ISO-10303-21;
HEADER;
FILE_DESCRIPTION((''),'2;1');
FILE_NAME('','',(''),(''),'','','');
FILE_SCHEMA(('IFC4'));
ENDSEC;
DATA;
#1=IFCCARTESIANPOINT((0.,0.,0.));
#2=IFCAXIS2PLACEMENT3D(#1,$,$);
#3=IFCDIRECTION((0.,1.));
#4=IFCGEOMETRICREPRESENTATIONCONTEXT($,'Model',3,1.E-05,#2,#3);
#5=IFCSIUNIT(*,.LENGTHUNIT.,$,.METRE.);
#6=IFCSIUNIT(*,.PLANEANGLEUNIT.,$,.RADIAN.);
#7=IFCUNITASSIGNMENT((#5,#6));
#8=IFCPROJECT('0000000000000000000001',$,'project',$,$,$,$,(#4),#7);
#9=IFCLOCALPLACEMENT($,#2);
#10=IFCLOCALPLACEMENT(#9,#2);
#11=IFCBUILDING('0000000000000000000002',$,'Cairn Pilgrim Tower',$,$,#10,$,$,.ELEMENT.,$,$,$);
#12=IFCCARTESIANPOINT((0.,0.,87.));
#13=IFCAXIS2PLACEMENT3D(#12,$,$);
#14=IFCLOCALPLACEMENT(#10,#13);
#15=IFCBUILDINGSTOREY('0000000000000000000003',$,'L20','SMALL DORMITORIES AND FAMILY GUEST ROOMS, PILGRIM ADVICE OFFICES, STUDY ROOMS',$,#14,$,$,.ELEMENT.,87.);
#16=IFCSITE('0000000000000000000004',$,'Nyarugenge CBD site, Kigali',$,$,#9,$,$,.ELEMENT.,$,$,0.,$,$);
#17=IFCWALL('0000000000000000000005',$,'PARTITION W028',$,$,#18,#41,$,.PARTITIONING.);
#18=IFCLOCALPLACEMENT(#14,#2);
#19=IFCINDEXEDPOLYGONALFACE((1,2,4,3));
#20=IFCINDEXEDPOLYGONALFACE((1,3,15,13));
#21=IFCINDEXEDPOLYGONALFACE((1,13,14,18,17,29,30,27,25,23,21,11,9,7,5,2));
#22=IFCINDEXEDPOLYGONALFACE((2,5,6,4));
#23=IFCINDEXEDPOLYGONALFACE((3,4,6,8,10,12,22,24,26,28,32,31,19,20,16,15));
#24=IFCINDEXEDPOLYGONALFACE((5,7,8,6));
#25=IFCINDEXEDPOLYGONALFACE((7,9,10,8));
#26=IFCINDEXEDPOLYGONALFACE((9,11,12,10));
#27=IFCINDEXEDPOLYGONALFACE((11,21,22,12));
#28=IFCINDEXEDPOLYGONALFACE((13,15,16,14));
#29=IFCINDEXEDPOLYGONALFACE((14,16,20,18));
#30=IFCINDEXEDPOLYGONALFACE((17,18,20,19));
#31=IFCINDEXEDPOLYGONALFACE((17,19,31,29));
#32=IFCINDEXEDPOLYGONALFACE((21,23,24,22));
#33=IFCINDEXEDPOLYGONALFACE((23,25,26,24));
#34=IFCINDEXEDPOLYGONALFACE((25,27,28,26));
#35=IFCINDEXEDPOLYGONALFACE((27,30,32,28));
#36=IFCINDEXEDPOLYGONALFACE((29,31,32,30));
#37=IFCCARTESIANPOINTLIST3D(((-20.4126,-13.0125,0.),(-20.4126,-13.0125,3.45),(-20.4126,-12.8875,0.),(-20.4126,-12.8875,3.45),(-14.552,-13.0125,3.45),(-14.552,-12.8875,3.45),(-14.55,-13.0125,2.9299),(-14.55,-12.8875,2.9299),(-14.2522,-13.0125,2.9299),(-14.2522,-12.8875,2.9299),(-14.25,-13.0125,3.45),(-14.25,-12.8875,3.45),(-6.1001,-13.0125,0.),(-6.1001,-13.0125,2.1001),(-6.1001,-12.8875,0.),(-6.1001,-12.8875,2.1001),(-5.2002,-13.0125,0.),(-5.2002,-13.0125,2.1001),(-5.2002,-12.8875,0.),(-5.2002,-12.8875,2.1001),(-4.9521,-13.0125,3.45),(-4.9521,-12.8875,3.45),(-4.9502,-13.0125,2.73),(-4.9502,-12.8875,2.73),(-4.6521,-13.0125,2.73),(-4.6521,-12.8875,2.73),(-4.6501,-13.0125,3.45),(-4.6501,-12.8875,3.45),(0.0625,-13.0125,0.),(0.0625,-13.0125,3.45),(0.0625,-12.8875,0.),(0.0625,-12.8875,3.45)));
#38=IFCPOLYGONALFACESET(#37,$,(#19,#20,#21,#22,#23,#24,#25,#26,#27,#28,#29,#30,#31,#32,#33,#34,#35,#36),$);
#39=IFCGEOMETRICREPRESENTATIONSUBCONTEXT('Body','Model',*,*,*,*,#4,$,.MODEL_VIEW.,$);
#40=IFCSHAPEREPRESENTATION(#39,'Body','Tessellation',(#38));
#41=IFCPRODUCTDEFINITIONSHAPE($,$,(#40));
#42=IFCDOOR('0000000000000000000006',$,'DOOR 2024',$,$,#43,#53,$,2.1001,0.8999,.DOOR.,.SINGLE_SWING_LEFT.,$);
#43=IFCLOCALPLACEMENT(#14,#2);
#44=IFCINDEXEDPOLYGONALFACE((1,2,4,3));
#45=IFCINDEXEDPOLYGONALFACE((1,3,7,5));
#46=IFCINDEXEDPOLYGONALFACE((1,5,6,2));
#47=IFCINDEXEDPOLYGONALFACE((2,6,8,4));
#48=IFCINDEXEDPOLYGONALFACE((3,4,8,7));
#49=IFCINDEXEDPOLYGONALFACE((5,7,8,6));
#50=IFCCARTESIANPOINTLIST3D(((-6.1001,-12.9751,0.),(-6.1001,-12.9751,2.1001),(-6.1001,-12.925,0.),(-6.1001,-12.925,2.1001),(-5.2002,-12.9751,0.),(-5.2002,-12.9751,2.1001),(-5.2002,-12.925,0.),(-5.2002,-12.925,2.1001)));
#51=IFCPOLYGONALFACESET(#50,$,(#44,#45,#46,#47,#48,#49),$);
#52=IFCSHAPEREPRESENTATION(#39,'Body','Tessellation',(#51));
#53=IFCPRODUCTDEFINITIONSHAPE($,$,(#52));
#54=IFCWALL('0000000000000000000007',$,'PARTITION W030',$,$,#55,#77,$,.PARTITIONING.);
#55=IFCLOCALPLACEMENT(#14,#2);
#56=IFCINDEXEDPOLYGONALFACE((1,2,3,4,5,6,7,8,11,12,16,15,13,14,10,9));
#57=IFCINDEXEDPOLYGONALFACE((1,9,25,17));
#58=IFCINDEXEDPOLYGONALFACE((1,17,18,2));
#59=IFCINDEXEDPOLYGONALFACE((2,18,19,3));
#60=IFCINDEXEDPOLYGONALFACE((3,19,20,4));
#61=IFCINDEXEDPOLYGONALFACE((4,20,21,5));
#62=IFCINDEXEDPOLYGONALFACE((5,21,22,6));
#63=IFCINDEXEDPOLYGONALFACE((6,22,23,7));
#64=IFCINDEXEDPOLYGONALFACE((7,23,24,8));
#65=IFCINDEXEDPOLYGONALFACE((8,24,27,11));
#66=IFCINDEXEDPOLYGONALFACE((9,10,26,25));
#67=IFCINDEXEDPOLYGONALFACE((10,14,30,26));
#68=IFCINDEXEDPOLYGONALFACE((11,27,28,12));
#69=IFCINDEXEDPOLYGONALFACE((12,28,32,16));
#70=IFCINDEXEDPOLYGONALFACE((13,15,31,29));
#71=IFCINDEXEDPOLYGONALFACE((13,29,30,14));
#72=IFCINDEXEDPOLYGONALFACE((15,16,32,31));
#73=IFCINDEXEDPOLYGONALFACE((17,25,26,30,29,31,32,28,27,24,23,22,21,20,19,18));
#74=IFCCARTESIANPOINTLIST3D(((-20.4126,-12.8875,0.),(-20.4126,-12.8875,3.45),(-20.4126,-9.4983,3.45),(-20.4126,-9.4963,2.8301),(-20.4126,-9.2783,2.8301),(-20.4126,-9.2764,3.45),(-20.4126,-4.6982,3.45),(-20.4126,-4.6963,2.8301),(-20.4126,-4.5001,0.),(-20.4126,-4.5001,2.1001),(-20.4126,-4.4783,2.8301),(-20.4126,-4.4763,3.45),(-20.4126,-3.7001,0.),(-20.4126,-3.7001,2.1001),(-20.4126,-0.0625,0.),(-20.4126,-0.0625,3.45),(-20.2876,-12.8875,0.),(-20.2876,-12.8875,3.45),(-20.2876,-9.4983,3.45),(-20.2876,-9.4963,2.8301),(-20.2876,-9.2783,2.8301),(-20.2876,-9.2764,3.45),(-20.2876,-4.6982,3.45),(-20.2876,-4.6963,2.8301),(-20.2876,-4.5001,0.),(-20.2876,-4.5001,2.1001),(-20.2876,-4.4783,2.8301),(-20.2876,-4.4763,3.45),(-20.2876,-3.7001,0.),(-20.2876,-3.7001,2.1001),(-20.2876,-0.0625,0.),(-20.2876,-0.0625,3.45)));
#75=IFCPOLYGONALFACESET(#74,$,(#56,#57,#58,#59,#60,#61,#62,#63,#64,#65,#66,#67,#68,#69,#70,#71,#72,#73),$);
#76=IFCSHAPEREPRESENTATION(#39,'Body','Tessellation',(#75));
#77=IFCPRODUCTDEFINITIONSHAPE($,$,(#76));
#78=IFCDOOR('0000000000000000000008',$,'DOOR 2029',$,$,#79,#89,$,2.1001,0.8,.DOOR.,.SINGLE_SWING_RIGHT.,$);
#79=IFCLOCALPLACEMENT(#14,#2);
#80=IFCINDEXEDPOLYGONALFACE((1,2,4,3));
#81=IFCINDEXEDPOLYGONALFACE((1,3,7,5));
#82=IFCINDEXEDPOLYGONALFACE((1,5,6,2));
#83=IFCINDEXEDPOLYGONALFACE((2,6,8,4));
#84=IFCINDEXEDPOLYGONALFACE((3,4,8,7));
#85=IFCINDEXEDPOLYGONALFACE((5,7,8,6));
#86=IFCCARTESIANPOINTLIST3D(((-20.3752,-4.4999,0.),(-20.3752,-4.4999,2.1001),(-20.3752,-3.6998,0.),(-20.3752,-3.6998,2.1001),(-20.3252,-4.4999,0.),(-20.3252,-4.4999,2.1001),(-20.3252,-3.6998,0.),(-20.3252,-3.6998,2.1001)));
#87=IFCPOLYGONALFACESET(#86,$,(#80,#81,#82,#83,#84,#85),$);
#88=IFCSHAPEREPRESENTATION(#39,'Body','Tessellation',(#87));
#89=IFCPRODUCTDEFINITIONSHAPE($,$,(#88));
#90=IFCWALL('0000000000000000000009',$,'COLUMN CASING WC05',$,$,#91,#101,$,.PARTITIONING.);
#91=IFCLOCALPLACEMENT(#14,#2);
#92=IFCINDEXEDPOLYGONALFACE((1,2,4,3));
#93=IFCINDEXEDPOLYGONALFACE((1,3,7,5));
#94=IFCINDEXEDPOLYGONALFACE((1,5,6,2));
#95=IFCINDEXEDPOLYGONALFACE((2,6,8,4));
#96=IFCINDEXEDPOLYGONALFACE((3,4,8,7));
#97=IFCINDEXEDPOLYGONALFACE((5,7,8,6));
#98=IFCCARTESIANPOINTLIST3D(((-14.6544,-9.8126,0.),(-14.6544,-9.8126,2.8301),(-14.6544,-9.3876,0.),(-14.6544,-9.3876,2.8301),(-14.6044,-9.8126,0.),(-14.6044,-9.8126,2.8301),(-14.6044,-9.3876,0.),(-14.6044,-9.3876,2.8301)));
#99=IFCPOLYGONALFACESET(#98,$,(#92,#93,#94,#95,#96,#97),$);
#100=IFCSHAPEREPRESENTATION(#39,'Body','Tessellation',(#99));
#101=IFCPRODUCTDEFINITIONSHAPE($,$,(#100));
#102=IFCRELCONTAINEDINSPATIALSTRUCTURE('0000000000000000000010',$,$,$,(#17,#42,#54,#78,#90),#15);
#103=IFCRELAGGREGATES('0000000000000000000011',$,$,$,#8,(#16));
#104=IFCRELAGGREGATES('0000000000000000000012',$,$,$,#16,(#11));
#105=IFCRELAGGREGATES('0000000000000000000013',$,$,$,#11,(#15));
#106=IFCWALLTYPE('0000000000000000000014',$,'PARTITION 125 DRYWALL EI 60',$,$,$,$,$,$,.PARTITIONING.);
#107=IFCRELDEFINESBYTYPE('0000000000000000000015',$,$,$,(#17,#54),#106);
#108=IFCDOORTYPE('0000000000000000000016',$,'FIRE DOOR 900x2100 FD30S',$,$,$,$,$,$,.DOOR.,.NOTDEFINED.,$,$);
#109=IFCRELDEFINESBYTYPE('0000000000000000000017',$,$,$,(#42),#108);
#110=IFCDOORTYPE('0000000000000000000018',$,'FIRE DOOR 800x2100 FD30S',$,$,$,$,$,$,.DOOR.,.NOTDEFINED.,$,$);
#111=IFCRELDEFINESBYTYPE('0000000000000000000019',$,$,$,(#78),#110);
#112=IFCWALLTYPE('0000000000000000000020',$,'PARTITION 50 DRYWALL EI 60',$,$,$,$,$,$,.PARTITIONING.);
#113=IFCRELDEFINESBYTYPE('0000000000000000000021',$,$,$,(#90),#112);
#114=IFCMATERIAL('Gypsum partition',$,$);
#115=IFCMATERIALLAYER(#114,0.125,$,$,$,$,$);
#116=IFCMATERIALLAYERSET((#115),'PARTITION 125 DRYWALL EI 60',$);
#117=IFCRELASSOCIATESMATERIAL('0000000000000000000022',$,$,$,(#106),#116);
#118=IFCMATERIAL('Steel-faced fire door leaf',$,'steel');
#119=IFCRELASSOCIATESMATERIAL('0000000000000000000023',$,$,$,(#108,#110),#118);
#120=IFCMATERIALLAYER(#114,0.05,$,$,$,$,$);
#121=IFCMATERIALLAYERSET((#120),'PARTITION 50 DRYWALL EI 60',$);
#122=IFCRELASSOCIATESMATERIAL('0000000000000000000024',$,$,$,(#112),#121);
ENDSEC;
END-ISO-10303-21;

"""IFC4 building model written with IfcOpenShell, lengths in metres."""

from ifc_helpers import new_model, si_unit, direction, frame, frame_2d, origin, place, context, subcontext, project, spatial, polyline, rectangle, outline, extrude, material, layer, layer_set, type_object, element, fill, save


model = new_model("IFC4")

# Units and contexts
model_context = context("Model", 3, precision=1e-05, world=origin(), true_north=direction((0.0, 1.0)))
body_context = subcontext(model_context, "Body", "Model", "MODEL_VIEW")
ifc_project = project(units=[si_unit("LENGTHUNIT", "METRE"), si_unit("PLANEANGLEUNIT", "RADIAN")], contexts=[model_context])

# Site, building, storey
site_placement = place(None, origin())
site = spatial("IfcSite", under=ifc_project, at=site_placement, Name="Nyarugenge CBD site, Kigali", CompositionType="ELEMENT", RefElevation=0.0)
building_placement = place(site_placement, origin())
building = spatial("IfcBuilding", under=site, at=building_placement, Name="Cairn Pilgrim Tower", CompositionType="ELEMENT")
storey_placement = place(building_placement, frame((0.0, 0.0, 87.0)))
storey = spatial("IfcBuildingStorey", under=building, at=storey_placement, Name="L20", Description="SMALL DORMITORIES AND FAMILY GUEST ROOMS, PILGRIM ADVICE OFFICES, STUDY ROOMS", CompositionType="ELEMENT", Elevation=87.0)

# Shared definitions
ifc_material_1 = material(Name="Gypsum partition")
ifc_layer_1 = layer(ifc_material_1, 0.125)
ifc_layer_set_1 = layer_set([ifc_layer_1], Name="PARTITION 125 DRYWALL EI 60")
wall_type_1 = type_object("IfcWallType", Name="PARTITION 125 DRYWALL EI 60", PredefinedType="PARTITIONING", material=ifc_layer_set_1)
ifc_material_2 = material(Name="Steel-faced fire door leaf", Category="steel")
door_type_1 = type_object("IfcDoorType", Name="FIRE DOOR 900x2100 FD30S", OperationType="NOTDEFINED", PredefinedType="DOOR", material=ifc_material_2)

# Walls, openings, doors
wall_1_placement = place(storey_placement, frame((-20.4126, -12.95, 0.0), z_axis=(0.0, 0.0, 1.0), x_axis=(1.0, 0.0, 0.0)))
wall_1 = element("IfcWall", 1, at=wall_1_placement, inside=storey, type_object=wall_type_1, Name="PARTITION W028", PredefinedType="PARTITIONING", context=body_context, shape_type="SweptSolid", body=[
    extrude(outline(polyline([(0.0, 0.0), (20.4751, 0.0), (20.4751, 3.45), (15.7625, 3.45), (15.7605, 2.73), (15.4624, 2.73), (15.4604, 3.45), (6.1626, 3.45), (6.1604, 2.9299), (5.8625, 2.9299), (5.8606, 3.45), (0.0, 3.45), (0.0, 0.0)])), frame((0.0, 0.0625, 0.0), z_axis=(0.0, -1.0, 0.0), x_axis=(1.0, 0.0, 0.0)), (0.0, 0.0, 1.0), 0.125),
])
opening_1_placement = place(wall_1_placement, frame((14.3125, 0.0, 0.0)))
opening_1 = element("IfcOpeningElement", 2, at=opening_1_placement, cuts=wall_1, PredefinedType="OPENING", context=body_context, shape_type="SweptSolid", body=[
    extrude(rectangle(XDim=0.8999, YDim=2.1001, at=frame_2d((0.45, 1.05))), frame((0.0, 0.0725, 0.0), z_axis=(0.0, -1.0, 0.0), x_axis=(1.0, 0.0, 0.0)), (0.0, 0.0, 1.0), 0.145),
])
door_1_placement = place(opening_1_placement, origin())
door_1 = element("IfcDoor", 3, at=door_1_placement, inside=storey, type_object=door_type_1, Name="DOOR 2024", OperationType="SINGLE_SWING_LEFT", OverallHeight=2.1001, OverallWidth=0.8999, PredefinedType="DOOR", context=body_context, shape_type="SweptSolid", body=[
    extrude(rectangle(XDim=0.8999, YDim=2.1001, at=frame_2d((0.45, 1.05))), frame((0.0, 0.0249, 0.0), z_axis=(0.0, -1.0, 0.0), x_axis=(1.0, 0.0, 0.0)), (0.0, 0.0, 1.0), 0.05),
])
fill(opening_1, door_1)
wall_2_placement = place(storey_placement, frame((-20.3501, -12.8875, 0.0), z_axis=(0.0, 0.0, 1.0), x_axis=(0.0, 1.0, 0.0)))
wall_2 = element("IfcWall", 4, at=wall_2_placement, inside=storey, type_object=wall_type_1, Name="PARTITION W030", PredefinedType="PARTITIONING", context=body_context, shape_type="SweptSolid", body=[
    extrude(outline(polyline([(0.0, 0.0), (12.825, 0.0), (12.825, 3.45), (8.4111, 3.45), (8.4092, 2.8301), (8.1912, 2.8301), (8.1892, 3.45), (3.6111, 3.45), (3.6091, 2.8301), (3.3911, 2.8301), (3.3892, 3.45), (0.0, 3.45), (0.0, 0.0)])), frame((0.0, 0.0625, 0.0), z_axis=(0.0, -1.0, 0.0), x_axis=(1.0, 0.0, 0.0)), (0.0, 0.0, 1.0), 0.125),
])
opening_2_placement = place(wall_2_placement, frame((8.3875, 0.0, 0.0)))
opening_2 = element("IfcOpeningElement", 5, at=opening_2_placement, cuts=wall_2, PredefinedType="OPENING", context=body_context, shape_type="SweptSolid", body=[
    extrude(rectangle(XDim=0.8, YDim=2.1001, at=frame_2d((0.3999, 1.05))), frame((0.0, 0.0725, 0.0), z_axis=(0.0, -1.0, 0.0), x_axis=(1.0, 0.0, 0.0)), (0.0, 0.0, 1.0), 0.145),
])
door_type_2 = type_object("IfcDoorType", Name="FIRE DOOR 800x2100 FD30S", OperationType="NOTDEFINED", PredefinedType="DOOR", material=ifc_material_2)
door_2_placement = place(opening_2_placement, frame((0.8, 0.0, 0.0), z_axis=(0.0, 0.0, 1.0), x_axis=(-1.0, 0.0, 0.0)))
door_2 = element("IfcDoor", 6, at=door_2_placement, inside=storey, type_object=door_type_2, Name="DOOR 2029", OperationType="SINGLE_SWING_RIGHT", OverallHeight=2.1001, OverallWidth=0.8, PredefinedType="DOOR", context=body_context, shape_type="SweptSolid", body=[
    extrude(rectangle(XDim=0.8, YDim=2.1001, at=frame_2d((0.3999, 1.05))), frame((0.0, 0.0249, 0.0), z_axis=(0.0, -1.0, 0.0), x_axis=(1.0, 0.0, 0.0)), (0.0, 0.0, 1.0), 0.05),
])
fill(opening_2, door_2)

# Wall
ifc_layer_2 = layer(ifc_material_1, 0.05)
ifc_layer_set_2 = layer_set([ifc_layer_2], Name="PARTITION 50 DRYWALL EI 60")
wall_type_2 = type_object("IfcWallType", Name="PARTITION 50 DRYWALL EI 60", PredefinedType="PARTITIONING", material=ifc_layer_set_2)
wall_3_placement = place(storey_placement, frame((-14.6294, -9.8125, 0.0), z_axis=(0.0, 0.0, 1.0), x_axis=(0.0, 1.0, 0.0)))
element("IfcWall", 7, at=wall_3_placement, inside=storey, type_object=wall_type_2, Name="COLUMN CASING WC05", PredefinedType="PARTITIONING", context=body_context, shape_type="SweptSolid", body=[
    extrude(rectangle(XDim=0.425, YDim=0.05, at=frame_2d((0.2124, 0.0))), origin(), (0.0, 0.0, 1.0), 2.8301),
])

save(model, "model.ifc")
